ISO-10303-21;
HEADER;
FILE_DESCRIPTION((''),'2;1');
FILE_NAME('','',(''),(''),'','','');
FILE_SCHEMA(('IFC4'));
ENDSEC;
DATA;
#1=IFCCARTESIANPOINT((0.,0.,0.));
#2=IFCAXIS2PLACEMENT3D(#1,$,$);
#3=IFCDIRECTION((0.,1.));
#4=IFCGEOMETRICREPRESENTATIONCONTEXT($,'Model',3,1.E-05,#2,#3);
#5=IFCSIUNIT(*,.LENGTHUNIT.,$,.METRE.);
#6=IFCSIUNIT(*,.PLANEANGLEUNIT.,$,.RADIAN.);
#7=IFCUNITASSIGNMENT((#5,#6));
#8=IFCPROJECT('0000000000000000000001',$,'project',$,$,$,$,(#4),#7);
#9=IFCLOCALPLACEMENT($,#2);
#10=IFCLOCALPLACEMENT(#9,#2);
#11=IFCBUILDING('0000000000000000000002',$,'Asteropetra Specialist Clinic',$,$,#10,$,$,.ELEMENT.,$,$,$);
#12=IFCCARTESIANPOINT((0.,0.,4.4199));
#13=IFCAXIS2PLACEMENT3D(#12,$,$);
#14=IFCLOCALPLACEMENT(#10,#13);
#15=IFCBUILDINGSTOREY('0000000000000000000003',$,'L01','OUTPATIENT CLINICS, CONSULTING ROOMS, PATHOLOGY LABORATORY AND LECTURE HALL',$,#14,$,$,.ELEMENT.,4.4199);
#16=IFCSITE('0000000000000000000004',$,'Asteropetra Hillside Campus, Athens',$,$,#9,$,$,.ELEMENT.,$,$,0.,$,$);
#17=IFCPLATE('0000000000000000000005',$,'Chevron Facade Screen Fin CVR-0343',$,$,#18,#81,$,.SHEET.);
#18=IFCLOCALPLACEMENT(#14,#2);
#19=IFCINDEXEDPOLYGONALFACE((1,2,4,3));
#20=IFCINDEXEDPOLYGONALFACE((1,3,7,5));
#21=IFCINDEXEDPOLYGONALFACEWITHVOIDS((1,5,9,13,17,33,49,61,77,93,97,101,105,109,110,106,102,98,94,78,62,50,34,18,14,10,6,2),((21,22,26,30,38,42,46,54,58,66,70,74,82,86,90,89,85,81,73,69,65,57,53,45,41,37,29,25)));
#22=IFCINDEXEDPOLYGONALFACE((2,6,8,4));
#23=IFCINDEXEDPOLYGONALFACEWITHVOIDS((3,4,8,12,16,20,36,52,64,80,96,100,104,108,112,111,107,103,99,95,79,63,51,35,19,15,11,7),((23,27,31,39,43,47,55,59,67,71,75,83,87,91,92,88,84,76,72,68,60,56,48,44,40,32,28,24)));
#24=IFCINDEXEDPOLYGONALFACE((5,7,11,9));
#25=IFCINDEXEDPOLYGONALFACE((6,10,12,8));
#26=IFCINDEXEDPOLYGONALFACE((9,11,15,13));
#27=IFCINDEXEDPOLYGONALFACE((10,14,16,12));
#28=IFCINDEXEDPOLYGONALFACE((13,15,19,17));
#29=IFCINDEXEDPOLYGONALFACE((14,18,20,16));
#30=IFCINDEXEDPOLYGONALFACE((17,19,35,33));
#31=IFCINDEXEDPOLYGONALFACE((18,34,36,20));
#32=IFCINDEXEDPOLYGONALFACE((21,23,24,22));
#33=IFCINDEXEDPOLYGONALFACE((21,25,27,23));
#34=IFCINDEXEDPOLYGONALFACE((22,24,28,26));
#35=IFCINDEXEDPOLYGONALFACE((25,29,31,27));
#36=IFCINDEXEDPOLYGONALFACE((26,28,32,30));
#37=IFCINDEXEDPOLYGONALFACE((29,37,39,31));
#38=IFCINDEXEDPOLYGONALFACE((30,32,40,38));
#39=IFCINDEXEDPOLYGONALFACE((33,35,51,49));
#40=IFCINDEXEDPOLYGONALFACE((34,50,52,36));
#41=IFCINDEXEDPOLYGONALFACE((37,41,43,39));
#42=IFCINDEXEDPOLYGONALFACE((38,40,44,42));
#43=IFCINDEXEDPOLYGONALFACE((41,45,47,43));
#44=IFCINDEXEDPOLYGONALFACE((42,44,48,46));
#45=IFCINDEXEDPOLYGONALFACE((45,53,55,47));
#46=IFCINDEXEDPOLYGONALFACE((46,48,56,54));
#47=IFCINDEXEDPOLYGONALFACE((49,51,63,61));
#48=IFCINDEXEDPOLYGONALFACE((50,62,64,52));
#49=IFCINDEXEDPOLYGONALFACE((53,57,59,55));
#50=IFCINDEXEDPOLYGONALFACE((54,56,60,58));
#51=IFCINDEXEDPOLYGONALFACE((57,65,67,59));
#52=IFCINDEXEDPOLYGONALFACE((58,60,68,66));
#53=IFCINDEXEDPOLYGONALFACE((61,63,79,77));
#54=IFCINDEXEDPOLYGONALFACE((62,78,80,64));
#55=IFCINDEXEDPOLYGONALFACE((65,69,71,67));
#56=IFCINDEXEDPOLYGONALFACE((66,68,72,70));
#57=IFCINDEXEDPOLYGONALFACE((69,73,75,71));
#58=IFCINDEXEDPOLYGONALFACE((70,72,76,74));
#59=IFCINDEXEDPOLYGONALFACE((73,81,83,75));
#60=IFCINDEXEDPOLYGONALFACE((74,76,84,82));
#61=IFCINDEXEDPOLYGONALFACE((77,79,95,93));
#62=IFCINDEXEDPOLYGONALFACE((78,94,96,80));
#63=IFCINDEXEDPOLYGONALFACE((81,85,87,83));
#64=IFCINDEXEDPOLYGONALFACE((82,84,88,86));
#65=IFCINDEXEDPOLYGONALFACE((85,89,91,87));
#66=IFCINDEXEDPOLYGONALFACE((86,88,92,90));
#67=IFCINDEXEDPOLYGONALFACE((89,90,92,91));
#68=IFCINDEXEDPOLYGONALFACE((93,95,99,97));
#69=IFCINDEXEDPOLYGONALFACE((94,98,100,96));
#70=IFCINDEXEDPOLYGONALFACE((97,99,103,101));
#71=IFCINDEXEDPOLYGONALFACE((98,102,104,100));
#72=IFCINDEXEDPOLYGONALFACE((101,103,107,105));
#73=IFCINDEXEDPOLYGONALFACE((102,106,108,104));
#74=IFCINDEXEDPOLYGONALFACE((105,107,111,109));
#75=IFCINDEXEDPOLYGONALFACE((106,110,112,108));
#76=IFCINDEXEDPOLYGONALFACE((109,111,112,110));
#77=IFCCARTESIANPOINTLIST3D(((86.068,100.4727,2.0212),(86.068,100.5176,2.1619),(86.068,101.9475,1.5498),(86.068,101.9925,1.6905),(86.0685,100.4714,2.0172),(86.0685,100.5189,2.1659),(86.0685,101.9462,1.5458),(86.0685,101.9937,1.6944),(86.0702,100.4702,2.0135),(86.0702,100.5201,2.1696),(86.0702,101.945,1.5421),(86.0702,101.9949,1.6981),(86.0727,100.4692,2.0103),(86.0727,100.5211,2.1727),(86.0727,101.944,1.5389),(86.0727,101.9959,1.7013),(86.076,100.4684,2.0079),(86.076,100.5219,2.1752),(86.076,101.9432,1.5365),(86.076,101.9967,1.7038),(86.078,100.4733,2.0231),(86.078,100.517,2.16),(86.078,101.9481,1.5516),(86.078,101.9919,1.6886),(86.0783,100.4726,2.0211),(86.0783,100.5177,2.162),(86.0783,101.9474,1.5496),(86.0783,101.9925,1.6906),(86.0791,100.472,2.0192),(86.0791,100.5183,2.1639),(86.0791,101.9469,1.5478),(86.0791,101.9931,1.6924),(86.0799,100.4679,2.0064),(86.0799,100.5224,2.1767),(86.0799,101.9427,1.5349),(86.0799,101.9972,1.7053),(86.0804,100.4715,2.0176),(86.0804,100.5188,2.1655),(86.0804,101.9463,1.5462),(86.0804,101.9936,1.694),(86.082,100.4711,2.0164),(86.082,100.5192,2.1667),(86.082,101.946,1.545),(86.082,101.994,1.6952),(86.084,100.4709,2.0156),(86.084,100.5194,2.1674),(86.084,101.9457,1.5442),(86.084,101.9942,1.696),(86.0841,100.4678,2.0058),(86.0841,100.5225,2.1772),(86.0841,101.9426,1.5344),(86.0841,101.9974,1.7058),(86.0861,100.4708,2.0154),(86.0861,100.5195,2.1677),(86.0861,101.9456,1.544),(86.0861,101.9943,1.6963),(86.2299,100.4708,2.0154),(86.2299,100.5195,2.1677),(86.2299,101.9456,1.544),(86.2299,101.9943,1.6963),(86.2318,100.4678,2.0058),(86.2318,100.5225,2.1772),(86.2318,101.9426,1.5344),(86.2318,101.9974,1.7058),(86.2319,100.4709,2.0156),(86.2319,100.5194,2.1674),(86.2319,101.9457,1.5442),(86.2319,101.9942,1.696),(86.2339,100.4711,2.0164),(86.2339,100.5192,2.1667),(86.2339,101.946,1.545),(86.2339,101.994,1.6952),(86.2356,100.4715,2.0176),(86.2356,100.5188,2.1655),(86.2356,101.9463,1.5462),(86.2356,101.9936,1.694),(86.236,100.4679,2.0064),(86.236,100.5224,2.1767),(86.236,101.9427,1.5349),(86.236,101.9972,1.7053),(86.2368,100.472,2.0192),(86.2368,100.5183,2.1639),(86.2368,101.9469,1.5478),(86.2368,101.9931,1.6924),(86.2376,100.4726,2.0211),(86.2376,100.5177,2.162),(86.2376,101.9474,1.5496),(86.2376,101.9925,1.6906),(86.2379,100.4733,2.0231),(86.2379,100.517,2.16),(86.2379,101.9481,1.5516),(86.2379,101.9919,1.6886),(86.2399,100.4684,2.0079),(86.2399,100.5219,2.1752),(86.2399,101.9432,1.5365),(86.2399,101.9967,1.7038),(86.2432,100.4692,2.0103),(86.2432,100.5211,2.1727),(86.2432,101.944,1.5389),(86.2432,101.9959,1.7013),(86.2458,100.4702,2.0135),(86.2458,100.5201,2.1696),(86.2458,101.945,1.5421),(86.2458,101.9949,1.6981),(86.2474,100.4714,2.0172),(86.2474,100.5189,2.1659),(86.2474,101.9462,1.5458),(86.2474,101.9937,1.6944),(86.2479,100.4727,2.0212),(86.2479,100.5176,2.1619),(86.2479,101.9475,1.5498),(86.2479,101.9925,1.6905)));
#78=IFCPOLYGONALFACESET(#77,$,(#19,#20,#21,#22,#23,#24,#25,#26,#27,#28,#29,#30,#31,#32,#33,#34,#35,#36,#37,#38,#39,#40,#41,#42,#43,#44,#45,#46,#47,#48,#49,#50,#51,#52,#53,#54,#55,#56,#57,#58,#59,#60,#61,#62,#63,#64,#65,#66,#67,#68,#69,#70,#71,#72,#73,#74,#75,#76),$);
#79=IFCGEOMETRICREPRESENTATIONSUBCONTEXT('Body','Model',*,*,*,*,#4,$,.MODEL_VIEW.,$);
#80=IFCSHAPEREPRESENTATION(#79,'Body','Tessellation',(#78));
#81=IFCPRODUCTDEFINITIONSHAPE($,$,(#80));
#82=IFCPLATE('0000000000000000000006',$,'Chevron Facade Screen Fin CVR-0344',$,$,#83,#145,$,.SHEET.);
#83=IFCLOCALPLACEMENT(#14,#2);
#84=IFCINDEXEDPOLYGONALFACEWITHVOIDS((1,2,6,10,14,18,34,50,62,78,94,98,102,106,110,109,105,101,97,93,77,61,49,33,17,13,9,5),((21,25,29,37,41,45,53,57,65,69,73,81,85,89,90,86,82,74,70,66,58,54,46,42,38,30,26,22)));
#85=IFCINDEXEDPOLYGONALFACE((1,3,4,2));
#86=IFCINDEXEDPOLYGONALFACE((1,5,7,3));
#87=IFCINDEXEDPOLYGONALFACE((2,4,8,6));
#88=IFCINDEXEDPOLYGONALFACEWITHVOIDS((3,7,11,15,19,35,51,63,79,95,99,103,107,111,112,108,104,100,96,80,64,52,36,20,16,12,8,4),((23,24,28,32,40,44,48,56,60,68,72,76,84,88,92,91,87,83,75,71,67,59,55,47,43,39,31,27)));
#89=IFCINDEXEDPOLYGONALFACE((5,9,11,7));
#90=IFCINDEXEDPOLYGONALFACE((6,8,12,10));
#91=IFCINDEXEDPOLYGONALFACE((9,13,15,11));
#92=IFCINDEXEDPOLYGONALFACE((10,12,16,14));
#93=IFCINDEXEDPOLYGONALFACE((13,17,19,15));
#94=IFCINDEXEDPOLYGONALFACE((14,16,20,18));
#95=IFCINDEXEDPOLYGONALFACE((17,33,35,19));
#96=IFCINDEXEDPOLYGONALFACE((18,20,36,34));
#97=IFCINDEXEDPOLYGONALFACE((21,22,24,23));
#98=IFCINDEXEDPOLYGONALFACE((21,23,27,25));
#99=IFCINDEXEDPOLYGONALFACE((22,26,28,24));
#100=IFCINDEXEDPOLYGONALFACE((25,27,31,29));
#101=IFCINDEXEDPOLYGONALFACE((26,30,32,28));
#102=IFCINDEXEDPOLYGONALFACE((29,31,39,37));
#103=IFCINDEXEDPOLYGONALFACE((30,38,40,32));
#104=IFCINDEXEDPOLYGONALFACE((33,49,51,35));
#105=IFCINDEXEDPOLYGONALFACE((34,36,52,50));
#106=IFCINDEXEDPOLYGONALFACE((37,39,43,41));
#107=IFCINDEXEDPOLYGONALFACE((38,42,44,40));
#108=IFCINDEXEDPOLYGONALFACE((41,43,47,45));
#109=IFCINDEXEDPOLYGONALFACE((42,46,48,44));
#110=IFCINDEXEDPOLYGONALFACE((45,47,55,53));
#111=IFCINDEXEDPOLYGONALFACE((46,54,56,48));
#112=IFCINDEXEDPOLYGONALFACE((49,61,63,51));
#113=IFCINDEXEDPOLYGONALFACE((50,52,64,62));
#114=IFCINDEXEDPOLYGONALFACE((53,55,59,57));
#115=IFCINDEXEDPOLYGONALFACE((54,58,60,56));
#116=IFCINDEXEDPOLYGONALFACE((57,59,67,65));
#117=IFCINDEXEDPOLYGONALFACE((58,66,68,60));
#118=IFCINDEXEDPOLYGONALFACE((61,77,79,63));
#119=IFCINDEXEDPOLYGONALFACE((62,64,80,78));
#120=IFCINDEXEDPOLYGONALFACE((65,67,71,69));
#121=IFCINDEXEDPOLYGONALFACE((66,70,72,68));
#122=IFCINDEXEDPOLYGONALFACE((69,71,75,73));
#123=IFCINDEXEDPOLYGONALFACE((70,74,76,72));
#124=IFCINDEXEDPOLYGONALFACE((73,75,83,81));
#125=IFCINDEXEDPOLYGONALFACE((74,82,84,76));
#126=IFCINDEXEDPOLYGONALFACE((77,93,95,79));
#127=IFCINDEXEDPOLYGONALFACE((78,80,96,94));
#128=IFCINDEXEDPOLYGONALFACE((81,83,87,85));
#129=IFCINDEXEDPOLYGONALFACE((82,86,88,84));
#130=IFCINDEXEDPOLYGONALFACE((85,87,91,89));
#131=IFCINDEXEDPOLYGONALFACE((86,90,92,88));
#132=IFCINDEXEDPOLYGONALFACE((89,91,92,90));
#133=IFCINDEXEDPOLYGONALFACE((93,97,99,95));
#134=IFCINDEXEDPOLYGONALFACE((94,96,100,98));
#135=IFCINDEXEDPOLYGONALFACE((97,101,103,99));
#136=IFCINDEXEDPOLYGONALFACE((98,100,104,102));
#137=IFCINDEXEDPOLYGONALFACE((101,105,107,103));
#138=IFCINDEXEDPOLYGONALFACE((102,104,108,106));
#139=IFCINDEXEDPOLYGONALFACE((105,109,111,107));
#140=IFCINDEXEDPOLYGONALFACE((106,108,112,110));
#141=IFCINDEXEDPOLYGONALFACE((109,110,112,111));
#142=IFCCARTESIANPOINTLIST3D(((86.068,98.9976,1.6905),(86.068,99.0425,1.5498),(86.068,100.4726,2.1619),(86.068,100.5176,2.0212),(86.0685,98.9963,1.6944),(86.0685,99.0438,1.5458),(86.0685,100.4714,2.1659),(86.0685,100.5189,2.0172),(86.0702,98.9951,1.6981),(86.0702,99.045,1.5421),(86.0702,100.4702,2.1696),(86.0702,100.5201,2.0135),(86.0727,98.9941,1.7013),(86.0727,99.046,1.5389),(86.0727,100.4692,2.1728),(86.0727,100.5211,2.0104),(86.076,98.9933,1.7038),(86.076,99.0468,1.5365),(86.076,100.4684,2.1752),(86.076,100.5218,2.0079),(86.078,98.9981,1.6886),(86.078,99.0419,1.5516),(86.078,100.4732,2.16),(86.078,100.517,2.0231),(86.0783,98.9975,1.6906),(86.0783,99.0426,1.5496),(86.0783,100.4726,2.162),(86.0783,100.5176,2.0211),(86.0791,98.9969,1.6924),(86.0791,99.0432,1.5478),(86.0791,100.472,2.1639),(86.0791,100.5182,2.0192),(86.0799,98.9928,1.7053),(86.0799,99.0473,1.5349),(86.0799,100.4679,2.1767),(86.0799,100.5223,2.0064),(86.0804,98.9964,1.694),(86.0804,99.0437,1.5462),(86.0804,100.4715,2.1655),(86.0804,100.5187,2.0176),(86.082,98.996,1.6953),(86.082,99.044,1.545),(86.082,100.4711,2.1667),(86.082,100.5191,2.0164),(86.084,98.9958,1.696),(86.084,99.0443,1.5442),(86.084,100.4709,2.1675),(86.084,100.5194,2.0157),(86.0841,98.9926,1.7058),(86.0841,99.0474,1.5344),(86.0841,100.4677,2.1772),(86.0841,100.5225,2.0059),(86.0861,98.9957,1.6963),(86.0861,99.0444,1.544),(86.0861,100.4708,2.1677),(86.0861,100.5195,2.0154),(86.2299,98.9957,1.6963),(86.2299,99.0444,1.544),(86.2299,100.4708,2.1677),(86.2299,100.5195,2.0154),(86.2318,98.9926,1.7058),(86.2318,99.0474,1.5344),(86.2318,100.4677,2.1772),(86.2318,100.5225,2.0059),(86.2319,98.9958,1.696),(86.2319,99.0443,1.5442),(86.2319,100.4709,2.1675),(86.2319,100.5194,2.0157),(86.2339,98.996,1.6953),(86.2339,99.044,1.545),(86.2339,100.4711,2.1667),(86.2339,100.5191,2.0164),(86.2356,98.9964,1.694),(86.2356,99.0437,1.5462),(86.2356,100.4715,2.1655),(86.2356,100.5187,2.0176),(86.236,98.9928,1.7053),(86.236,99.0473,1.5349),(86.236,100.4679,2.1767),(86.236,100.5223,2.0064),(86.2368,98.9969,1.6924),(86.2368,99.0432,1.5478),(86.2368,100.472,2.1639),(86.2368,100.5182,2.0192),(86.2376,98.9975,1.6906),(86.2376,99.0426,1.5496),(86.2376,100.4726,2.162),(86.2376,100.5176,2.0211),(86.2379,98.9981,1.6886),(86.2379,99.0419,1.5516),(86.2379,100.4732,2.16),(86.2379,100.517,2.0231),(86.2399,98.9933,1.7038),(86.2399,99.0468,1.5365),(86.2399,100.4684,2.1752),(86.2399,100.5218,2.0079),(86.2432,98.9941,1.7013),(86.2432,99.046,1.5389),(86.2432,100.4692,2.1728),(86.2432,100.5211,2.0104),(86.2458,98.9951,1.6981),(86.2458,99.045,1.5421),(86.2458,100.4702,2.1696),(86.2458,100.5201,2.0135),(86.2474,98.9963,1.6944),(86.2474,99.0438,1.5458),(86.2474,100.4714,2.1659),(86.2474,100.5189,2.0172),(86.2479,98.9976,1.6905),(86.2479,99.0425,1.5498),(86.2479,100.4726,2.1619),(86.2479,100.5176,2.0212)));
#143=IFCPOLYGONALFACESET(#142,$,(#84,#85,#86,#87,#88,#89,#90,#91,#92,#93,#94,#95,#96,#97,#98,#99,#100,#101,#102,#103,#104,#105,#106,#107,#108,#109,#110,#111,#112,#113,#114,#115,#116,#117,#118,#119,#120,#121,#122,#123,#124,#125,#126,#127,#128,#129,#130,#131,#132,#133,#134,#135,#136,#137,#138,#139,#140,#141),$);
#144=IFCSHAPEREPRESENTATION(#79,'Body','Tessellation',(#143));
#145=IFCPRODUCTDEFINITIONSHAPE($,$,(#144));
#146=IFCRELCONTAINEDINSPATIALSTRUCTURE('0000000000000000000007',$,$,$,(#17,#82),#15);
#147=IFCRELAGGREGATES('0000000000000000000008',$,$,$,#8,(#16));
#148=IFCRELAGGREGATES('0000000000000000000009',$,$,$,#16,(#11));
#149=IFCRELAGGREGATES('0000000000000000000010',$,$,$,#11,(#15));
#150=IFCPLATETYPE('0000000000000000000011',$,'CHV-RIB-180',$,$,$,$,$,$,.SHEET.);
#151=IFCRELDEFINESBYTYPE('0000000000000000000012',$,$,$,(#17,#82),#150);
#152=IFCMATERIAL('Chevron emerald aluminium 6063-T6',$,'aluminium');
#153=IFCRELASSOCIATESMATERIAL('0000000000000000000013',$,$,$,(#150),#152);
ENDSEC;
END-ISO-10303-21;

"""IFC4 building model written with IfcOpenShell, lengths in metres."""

from ifc_helpers import new_model, si_unit, direction, frame, origin, origin_2d, place, context, subcontext, project, spatial, hollow_rectangle, extrude, material, material_profile, profile_set, type_object, element, save


model = new_model("IFC4")

# Units and contexts
model_context = context("Model", 3, precision=1e-05, world=origin(), true_north=direction((0.0, 1.0)))
body_context = subcontext(model_context, "Body", "Model", "MODEL_VIEW")
ifc_project = project(units=[si_unit("LENGTHUNIT", "METRE"), si_unit("PLANEANGLEUNIT", "RADIAN")], contexts=[model_context])

# Site, building, storey
site_placement = place(None, origin())
site = spatial("IfcSite", under=ifc_project, at=site_placement, Name="Asteropetra Hillside Campus, Athens", CompositionType="ELEMENT", RefElevation=0.0)
building_placement = place(site_placement, origin())
building = spatial("IfcBuilding", under=site, at=building_placement, Name="Asteropetra Specialist Clinic", CompositionType="ELEMENT")
storey_placement = place(building_placement, frame((0.0, 0.0, 4.4199)))
storey = spatial("IfcBuildingStorey", under=building, at=storey_placement, Name="L01", Description="OUTPATIENT CLINICS, CONSULTING ROOMS, PATHOLOGY LABORATORY AND LECTURE HALL", CompositionType="ELEMENT", Elevation=4.4199)

# Plates
ifc_material_1 = material(Name="Chevron emerald aluminium 6063-T6", Category="aluminium")
ifc_material_profile = material_profile(ifc_material_1, hollow_rectangle(XDim=0.1799, YDim=0.1799, WallThickness=0.01, InnerFilletRadius=0.0081, OuterFilletRadius=0.0161, at=origin_2d()), Name="SHS 180x180x10.0")
ifc_profile_set = profile_set([ifc_material_profile], Name="Chevron emerald aluminium 6063-T6")
plate_type = type_object("IfcPlateType", Name="CHV-RIB-180", PredefinedType="SHEET", material=ifc_profile_set)
plate_1_placement = place(storey_placement, frame((86.158, 101.97, 1.6201), z_axis=(0.0, -0.952521, 0.304472), x_axis=(1.0, 0.0, 0.0)))
element("IfcPlate", 1, at=plate_1_placement, inside=storey, type_object=plate_type, Name="Chevron Facade Screen Fin CVR-0343", PredefinedType="SHEET", context=body_context, shape_type="SweptSolid", body=[
    extrude(hollow_rectangle(XDim=0.1799, YDim=0.1799, WallThickness=0.01, InnerFilletRadius=0.0081, OuterFilletRadius=0.0161, at=origin_2d()), origin(), (0.0, 0.0, 1.0), 1.5483),
])
plate_2_placement = place(storey_placement, frame((86.158, 100.4951, 2.0916), z_axis=(0.0, -0.952536, -0.304427), x_axis=(1.0, 0.0, 0.0)))
element("IfcPlate", 2, at=plate_2_placement, inside=storey, type_object=plate_type, Name="Chevron Facade Screen Fin CVR-0344", PredefinedType="SHEET", context=body_context, shape_type="SweptSolid", body=[
    extrude(hollow_rectangle(XDim=0.1799, YDim=0.1799, WallThickness=0.01, InnerFilletRadius=0.0081, OuterFilletRadius=0.0161, at=origin_2d()), origin(), (0.0, 0.0, 1.0), 1.5486),
])

save(model, "model.ifc")
